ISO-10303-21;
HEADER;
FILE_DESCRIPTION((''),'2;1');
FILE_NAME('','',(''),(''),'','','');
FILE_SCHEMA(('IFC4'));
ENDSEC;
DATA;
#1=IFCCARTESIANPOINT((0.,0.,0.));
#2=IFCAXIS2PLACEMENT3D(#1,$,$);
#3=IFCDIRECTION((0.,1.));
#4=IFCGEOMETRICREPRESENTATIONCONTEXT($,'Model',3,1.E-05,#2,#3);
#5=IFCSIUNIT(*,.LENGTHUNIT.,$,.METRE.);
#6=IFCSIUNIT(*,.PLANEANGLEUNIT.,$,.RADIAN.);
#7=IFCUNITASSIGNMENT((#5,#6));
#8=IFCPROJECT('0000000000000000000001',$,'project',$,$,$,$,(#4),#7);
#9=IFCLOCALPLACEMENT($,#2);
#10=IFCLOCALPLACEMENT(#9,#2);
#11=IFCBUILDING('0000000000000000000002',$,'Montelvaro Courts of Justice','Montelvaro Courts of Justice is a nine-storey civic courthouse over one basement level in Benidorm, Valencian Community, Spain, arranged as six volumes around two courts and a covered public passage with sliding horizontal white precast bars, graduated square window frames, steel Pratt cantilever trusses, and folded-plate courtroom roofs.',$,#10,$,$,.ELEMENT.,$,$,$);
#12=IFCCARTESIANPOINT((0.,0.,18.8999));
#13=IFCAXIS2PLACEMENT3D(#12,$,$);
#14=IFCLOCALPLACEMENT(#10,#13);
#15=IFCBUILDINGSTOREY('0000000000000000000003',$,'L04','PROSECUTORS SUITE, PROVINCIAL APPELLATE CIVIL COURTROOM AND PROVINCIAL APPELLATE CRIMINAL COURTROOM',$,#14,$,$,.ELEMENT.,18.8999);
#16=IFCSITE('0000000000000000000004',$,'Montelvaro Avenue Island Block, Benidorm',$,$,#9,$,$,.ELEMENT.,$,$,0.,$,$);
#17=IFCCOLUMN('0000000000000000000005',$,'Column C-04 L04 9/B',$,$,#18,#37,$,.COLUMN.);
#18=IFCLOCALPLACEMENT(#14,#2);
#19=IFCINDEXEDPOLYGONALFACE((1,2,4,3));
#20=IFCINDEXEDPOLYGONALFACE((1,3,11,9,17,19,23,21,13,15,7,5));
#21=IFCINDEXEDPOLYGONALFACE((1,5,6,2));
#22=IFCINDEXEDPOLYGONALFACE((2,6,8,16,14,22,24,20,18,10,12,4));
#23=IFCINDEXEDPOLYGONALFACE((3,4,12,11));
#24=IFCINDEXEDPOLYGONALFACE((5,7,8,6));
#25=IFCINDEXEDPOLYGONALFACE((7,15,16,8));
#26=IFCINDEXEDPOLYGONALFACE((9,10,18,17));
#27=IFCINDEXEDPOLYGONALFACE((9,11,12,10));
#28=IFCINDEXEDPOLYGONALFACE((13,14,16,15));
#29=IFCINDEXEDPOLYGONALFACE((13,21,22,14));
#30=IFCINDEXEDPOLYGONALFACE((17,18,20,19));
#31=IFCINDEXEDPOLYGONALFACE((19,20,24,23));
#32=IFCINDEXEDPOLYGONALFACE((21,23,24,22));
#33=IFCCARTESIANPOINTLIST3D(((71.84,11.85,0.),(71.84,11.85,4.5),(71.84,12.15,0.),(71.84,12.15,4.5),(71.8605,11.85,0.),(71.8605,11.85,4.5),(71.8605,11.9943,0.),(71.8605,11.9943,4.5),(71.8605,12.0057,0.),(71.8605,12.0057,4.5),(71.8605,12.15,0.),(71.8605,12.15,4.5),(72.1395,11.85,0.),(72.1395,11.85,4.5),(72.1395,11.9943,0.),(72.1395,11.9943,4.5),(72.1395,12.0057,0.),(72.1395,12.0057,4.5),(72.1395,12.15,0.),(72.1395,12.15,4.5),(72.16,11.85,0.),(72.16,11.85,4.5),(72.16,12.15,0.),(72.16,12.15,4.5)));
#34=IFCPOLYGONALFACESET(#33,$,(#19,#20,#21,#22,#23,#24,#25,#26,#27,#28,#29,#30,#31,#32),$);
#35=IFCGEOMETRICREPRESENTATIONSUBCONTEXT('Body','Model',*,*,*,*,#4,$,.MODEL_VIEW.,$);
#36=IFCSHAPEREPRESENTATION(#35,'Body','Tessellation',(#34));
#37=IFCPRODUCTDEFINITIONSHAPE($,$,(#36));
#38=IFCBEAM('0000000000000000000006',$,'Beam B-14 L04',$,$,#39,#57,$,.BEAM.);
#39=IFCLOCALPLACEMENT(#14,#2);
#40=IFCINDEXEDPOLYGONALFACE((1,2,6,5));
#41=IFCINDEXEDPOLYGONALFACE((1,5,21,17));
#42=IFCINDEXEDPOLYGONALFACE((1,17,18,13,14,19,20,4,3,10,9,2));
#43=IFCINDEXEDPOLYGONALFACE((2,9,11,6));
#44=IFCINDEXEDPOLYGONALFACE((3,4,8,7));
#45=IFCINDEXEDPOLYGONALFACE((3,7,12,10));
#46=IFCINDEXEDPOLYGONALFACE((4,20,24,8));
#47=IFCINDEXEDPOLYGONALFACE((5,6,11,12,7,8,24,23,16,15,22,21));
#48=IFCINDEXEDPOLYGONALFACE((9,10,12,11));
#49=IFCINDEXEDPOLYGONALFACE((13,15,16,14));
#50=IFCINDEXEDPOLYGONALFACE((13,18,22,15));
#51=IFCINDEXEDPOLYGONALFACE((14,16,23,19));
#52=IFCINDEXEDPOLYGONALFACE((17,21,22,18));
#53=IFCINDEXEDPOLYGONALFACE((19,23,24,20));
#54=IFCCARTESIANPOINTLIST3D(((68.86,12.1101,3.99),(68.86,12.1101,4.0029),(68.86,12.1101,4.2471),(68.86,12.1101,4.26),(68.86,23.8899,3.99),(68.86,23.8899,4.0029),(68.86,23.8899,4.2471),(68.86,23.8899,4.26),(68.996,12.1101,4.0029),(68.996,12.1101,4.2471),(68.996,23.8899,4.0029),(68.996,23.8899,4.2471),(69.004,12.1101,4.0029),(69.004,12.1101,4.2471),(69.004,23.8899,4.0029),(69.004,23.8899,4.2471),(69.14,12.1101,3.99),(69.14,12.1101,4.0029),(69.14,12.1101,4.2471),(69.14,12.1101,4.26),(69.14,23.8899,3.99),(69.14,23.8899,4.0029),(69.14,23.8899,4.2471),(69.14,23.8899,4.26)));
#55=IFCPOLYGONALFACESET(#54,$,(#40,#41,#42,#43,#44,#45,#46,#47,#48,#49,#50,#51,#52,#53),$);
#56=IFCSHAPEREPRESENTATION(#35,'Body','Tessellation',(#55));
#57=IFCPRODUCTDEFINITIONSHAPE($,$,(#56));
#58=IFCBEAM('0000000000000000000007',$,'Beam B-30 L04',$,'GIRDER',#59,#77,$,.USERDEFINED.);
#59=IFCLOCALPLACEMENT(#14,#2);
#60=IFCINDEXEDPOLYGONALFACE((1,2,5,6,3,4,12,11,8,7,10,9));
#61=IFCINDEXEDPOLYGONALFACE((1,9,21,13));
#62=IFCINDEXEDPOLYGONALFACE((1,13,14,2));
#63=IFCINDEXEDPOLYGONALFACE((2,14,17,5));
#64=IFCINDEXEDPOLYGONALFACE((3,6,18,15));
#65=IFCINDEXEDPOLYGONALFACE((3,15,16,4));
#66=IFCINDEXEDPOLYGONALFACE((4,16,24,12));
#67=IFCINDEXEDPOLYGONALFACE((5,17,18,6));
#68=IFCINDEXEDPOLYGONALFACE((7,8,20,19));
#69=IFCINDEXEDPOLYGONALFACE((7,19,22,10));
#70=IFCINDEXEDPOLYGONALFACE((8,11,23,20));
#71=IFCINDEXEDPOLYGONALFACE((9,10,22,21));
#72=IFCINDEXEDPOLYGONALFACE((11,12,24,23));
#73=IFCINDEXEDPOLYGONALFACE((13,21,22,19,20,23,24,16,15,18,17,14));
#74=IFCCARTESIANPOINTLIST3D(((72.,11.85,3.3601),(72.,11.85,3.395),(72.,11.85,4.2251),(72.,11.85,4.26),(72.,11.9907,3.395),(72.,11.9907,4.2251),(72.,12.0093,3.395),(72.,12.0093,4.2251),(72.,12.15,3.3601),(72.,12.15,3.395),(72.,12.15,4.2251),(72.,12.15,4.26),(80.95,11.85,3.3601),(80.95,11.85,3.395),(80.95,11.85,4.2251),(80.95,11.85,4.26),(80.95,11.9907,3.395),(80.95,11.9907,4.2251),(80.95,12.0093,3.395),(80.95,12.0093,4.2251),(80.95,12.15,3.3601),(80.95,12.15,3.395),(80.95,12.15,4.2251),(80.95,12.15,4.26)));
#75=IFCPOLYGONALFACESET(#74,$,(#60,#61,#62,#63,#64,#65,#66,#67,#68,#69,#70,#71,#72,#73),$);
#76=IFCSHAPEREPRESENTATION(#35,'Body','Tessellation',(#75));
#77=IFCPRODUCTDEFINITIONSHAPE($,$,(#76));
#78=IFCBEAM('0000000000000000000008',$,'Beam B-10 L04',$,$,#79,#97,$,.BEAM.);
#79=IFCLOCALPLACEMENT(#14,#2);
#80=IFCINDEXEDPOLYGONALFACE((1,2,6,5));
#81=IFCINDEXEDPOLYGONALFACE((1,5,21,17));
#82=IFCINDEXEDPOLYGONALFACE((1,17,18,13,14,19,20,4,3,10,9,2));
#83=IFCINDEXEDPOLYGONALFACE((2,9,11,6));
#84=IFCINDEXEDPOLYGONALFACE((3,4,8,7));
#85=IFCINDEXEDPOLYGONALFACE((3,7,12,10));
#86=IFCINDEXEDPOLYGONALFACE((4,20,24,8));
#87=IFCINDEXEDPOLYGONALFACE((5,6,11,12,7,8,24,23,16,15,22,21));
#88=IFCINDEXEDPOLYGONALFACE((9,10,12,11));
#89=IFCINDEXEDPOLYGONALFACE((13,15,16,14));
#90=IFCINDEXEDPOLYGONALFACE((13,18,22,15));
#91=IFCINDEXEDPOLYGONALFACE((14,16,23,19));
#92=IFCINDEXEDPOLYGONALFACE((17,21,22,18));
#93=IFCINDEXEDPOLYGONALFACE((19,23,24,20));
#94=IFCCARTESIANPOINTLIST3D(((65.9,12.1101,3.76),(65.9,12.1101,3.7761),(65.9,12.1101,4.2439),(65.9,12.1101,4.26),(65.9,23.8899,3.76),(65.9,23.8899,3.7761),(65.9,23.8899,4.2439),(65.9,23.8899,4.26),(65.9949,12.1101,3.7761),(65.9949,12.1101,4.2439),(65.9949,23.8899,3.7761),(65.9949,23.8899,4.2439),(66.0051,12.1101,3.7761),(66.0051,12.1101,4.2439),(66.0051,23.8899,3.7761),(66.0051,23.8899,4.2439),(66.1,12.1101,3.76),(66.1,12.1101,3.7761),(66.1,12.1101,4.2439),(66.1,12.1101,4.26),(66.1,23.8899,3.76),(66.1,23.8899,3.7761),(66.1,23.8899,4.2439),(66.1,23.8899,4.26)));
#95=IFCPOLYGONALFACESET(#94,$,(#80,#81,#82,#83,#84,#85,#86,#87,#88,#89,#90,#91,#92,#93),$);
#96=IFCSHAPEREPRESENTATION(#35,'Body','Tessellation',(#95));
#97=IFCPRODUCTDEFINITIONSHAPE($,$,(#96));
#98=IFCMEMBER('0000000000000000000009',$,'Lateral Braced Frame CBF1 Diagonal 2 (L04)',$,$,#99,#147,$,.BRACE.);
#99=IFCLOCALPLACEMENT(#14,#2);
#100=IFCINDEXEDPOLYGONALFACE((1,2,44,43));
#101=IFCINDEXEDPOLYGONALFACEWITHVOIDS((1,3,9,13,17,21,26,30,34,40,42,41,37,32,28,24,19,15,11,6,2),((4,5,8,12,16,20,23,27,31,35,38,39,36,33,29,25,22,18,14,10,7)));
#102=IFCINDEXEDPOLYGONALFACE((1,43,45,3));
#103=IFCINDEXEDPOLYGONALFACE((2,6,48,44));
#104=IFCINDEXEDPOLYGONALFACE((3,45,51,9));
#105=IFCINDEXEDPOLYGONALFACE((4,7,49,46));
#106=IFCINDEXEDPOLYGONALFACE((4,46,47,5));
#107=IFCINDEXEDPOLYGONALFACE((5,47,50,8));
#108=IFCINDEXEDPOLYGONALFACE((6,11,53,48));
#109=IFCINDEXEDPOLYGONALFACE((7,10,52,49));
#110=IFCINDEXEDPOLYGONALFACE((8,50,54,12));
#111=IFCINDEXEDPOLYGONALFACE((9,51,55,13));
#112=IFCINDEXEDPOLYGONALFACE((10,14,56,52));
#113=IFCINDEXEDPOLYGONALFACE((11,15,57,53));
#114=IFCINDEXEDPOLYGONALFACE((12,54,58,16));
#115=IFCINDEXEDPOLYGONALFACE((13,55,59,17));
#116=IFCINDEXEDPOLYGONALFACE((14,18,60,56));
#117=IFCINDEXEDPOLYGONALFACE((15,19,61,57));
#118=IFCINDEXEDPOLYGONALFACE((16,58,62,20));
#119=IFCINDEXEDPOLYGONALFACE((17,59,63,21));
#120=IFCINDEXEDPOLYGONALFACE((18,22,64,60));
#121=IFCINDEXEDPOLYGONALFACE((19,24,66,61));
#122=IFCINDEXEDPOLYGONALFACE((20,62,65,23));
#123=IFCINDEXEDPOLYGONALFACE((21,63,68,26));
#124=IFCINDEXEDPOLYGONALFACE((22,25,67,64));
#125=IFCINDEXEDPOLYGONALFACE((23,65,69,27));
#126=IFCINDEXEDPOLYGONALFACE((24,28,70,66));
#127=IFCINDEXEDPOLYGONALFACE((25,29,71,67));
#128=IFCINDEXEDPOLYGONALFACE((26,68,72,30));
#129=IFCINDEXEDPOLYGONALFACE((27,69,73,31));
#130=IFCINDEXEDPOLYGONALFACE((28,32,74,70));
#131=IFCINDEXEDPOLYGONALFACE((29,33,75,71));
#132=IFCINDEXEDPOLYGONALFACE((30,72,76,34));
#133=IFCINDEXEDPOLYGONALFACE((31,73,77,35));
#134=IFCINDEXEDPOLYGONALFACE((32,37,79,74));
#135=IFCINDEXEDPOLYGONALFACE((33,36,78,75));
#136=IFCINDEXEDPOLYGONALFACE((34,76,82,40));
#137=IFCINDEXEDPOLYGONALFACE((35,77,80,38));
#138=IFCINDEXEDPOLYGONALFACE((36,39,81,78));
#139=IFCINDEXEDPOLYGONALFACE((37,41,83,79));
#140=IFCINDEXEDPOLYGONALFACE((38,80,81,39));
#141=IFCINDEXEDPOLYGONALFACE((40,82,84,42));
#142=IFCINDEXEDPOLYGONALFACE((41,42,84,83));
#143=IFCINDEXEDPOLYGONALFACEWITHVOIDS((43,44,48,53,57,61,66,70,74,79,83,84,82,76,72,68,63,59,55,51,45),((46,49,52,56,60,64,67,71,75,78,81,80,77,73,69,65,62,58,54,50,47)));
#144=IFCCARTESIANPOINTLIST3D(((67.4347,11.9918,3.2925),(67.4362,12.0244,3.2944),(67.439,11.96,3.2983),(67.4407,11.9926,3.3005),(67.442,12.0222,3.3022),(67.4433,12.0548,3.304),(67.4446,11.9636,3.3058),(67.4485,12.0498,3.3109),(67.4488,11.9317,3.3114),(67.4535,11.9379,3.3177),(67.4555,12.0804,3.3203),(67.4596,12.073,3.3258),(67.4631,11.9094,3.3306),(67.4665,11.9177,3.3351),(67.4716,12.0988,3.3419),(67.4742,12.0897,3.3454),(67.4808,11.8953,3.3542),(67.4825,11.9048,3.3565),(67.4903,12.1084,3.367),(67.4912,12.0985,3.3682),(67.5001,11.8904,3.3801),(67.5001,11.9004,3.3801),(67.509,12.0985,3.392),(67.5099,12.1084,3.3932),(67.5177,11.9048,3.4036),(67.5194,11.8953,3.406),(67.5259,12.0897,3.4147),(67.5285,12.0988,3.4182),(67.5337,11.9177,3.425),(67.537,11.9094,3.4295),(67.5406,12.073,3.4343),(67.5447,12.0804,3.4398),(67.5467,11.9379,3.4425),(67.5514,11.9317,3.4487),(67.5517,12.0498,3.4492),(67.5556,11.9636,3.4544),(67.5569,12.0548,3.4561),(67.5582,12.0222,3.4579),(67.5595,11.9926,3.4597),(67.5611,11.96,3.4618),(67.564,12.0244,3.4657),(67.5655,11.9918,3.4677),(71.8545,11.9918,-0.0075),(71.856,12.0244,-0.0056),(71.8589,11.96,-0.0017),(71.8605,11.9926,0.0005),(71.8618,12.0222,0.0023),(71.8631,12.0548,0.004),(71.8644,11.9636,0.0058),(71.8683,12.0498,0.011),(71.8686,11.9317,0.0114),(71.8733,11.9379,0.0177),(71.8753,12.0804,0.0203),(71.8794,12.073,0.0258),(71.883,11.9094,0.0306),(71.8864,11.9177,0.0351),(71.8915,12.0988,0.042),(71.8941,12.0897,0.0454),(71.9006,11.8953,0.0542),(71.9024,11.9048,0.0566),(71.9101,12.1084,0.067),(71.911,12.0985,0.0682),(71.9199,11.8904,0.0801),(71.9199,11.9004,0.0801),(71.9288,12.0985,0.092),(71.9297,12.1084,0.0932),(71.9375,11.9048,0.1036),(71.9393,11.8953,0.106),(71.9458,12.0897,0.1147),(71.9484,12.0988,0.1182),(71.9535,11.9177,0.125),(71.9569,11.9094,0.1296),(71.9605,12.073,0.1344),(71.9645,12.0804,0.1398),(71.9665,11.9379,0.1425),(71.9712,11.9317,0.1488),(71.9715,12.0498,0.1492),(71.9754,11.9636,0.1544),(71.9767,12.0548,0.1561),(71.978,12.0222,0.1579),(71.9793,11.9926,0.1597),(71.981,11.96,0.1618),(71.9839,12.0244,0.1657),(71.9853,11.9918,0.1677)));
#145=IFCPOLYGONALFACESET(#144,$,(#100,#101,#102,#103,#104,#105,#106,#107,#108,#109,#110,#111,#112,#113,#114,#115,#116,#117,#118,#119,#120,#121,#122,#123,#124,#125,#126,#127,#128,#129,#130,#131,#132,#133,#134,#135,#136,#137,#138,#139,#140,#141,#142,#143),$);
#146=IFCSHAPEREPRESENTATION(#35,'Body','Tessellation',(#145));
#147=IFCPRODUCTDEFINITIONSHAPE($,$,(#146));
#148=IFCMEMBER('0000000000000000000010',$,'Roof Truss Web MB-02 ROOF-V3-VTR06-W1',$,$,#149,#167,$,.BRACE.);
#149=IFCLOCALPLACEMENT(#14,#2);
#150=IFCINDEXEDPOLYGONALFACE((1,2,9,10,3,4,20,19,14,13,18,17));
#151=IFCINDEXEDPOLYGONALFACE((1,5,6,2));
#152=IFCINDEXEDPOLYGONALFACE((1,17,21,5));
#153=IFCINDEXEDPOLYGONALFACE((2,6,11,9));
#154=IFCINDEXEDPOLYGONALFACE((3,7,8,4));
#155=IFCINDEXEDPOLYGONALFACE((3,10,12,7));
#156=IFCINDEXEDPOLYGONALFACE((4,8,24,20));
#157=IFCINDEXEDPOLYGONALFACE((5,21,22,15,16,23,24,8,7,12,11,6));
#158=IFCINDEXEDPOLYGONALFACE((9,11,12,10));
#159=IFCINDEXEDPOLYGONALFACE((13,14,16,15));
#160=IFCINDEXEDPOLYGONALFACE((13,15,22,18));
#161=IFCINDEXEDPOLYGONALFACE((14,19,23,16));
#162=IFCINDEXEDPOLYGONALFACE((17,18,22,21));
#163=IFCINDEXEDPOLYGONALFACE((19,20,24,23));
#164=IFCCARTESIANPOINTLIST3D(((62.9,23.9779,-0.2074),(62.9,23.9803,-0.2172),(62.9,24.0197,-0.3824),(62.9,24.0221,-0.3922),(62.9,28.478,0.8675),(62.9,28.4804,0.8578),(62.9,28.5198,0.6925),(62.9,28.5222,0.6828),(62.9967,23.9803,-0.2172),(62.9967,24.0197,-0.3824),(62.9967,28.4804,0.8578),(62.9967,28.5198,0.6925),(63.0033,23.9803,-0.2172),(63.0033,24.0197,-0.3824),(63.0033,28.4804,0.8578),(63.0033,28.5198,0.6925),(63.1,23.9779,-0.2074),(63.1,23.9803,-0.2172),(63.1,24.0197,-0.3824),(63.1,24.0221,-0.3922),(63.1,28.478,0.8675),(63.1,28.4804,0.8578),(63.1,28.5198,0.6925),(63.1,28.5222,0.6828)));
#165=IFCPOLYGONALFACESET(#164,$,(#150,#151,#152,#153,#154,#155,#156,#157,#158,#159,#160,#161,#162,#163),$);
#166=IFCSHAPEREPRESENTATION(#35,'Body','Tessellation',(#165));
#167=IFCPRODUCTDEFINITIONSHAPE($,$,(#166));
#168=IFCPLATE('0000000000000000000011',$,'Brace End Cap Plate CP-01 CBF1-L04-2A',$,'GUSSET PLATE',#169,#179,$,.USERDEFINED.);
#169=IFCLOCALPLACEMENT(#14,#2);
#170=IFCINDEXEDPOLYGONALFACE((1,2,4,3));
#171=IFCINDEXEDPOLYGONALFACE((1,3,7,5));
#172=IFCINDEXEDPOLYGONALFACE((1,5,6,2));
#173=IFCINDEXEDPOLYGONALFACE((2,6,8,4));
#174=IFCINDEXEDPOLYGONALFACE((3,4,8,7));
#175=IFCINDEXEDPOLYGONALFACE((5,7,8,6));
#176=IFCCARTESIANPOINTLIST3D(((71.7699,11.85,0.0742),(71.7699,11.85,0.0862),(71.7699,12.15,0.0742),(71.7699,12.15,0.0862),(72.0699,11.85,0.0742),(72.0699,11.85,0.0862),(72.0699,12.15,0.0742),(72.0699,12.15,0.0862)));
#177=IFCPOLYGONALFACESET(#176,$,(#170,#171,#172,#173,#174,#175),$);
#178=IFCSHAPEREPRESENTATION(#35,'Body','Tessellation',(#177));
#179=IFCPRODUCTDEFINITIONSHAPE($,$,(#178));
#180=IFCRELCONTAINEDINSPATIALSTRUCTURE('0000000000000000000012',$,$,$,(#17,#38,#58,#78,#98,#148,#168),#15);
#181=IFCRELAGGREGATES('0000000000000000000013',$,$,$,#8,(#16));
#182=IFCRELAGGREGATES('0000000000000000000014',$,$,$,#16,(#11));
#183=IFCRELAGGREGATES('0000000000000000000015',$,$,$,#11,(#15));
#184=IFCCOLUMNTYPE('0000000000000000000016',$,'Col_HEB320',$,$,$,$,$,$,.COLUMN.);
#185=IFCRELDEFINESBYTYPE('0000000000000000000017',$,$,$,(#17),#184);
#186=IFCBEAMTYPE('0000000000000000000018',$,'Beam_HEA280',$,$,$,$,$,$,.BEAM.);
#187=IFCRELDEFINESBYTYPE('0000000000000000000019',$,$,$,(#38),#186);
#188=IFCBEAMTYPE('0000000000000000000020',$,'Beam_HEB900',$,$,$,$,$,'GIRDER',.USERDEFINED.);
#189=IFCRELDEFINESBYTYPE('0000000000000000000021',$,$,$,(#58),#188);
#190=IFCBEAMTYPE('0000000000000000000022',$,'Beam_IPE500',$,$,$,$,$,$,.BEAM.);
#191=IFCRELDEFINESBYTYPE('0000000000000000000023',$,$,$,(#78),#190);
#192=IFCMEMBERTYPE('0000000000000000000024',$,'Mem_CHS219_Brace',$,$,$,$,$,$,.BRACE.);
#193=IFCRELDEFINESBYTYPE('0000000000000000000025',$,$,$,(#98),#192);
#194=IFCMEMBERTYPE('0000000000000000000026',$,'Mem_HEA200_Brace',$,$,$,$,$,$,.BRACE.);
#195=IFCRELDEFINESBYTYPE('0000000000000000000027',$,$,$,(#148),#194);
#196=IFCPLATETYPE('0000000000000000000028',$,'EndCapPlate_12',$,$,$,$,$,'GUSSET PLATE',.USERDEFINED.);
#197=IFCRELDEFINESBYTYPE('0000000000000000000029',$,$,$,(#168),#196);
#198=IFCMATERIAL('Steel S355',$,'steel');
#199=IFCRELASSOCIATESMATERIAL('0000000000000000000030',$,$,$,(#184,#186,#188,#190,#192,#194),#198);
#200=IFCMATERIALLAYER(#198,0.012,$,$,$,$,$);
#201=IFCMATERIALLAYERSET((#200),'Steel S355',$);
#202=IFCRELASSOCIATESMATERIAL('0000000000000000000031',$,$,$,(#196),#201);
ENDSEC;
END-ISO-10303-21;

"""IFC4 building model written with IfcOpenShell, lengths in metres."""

from ifc_helpers import new_model, si_unit, direction, frame, origin, origin_2d, place, context, subcontext, project, spatial, rectangle, hollow_circle, i_section, extrude, material, layer, layer_set, material_profile, profile_set, type_object, element, save


model = new_model("IFC4")

# Units and contexts
model_context = context("Model", 3, precision=1e-05, world=origin(), true_north=direction((0.0, 1.0)))
body_context = subcontext(model_context, "Body", "Model", "MODEL_VIEW")
ifc_project = project(units=[si_unit("LENGTHUNIT", "METRE"), si_unit("PLANEANGLEUNIT", "RADIAN")], contexts=[model_context])

# Site, building, storey
site_placement = place(None, origin())
site = spatial("IfcSite", under=ifc_project, at=site_placement, Name="Montelvaro Avenue Island Block, Benidorm", CompositionType="ELEMENT", RefElevation=0.0)
building_placement = place(site_placement, origin())
building = spatial("IfcBuilding", under=site, at=building_placement, Name="Montelvaro Courts of Justice", Description="Montelvaro Courts of Justice is a nine-storey civic courthouse over one basement level in Benidorm, Valencian Community, Spain, arranged as six volumes around two courts and a covered public passage with sliding horizontal white precast bars, graduated square window frames, steel Pratt cantilever trusses, and folded-plate courtroom roofs.", CompositionType="ELEMENT")
storey_placement = place(building_placement, frame((0.0, 0.0, 18.8999)))
storey = spatial("IfcBuildingStorey", under=building, at=storey_placement, Name="L04", Description="PROSECUTORS SUITE, PROVINCIAL APPELLATE CIVIL COURTROOM AND PROVINCIAL APPELLATE CRIMINAL COURTROOM", CompositionType="ELEMENT", Elevation=18.8999)

# Column
ifc_material_1 = material(Name="Steel S355", Category="steel")
ifc_material_profile_1 = material_profile(ifc_material_1, i_section(OverallWidth=0.3, OverallDepth=0.3201, WebThickness=0.0115, FlangeThickness=0.0205, at=origin_2d()), Name="HEB 320")
ifc_profile_set_1 = profile_set([ifc_material_profile_1], Name="Steel S355")
column_type = type_object("IfcColumnType", Name="Col_HEB320", PredefinedType="COLUMN", material=ifc_profile_set_1)
column_placement = place(storey_placement, frame((72.0, 12.0, 0.0), z_axis=(0.0, 0.0, 1.0), x_axis=(0.0, 1.0, 0.0)))
element("IfcColumn", 1, at=column_placement, inside=storey, type_object=column_type, Name="Column C-04 L04 9/B", PredefinedType="COLUMN", context=body_context, shape_type="SweptSolid", body=[
    extrude(i_section(OverallWidth=0.3, OverallDepth=0.3201, WebThickness=0.0115, FlangeThickness=0.0205, at=origin_2d()), origin(), (0.0, 0.0, 1.0), 4.5),
])

# Beams
ifc_material_profile_2 = material_profile(ifc_material_1, i_section(OverallWidth=0.28, OverallDepth=0.27, WebThickness=0.0081, FlangeThickness=0.0129, at=origin_2d()), Name="HEA 280")
ifc_profile_set_2 = profile_set([ifc_material_profile_2], Name="Steel S355")
beam_type_1 = type_object("IfcBeamType", Name="Beam_HEA280", PredefinedType="BEAM", material=ifc_profile_set_2)
beam_1_placement = place(storey_placement, frame((69.0, 12.1101, 4.125), z_axis=(0.0, 1.0, 0.0), x_axis=(-1.0, 0.0, 0.0)))
element("IfcBeam", 2, at=beam_1_placement, inside=storey, type_object=beam_type_1, Name="Beam B-14 L04", PredefinedType="BEAM", context=body_context, shape_type="SweptSolid", body=[
    extrude(i_section(OverallWidth=0.28, OverallDepth=0.27, WebThickness=0.0081, FlangeThickness=0.0129, at=origin_2d()), origin(), (0.0, 0.0, 1.0), 11.7798),
])
ifc_material_profile_3 = material_profile(ifc_material_1, i_section(OverallWidth=0.3, OverallDepth=0.8999, WebThickness=0.0186, FlangeThickness=0.0349, at=origin_2d()), Name="HEB 900")
ifc_profile_set_3 = profile_set([ifc_material_profile_3], Name="Steel S355")
beam_type_2 = type_object("IfcBeamType", Name="Beam_HEB900", ElementType="GIRDER", PredefinedType="USERDEFINED", material=ifc_profile_set_3)
beam_2_placement = place(storey_placement, frame((72.0, 12.0, 3.8101), z_axis=(1.0, 0.0, 0.0), x_axis=(0.0, 1.0, 0.0)))
element("IfcBeam", 3, at=beam_2_placement, inside=storey, type_object=beam_type_2, Name="Beam B-30 L04", ObjectType="GIRDER", PredefinedType="USERDEFINED", context=body_context, shape_type="SweptSolid", body=[
    extrude(i_section(OverallWidth=0.3, OverallDepth=0.8999, WebThickness=0.0186, FlangeThickness=0.0349, at=origin_2d()), origin(), (0.0, 0.0, 1.0), 8.95),
])
ifc_material_profile_4 = material_profile(ifc_material_1, i_section(OverallWidth=0.2, OverallDepth=0.5, WebThickness=0.0103, FlangeThickness=0.0161, at=origin_2d()), Name="IPE 500")
ifc_profile_set_4 = profile_set([ifc_material_profile_4], Name="Steel S355")
beam_type_3 = type_object("IfcBeamType", Name="Beam_IPE500", PredefinedType="BEAM", material=ifc_profile_set_4)
beam_3_placement = place(storey_placement, frame((66.0, 12.1101, 4.01), z_axis=(0.0, 1.0, 0.0), x_axis=(-1.0, 0.0, 0.0)))
element("IfcBeam", 4, at=beam_3_placement, inside=storey, type_object=beam_type_3, Name="Beam B-10 L04", PredefinedType="BEAM", context=body_context, shape_type="SweptSolid", body=[
    extrude(i_section(OverallWidth=0.2, OverallDepth=0.5, WebThickness=0.0103, FlangeThickness=0.0161, at=origin_2d()), origin(), (0.0, 0.0, 1.0), 11.7798),
])

# Members
ifc_material_profile_5 = material_profile(ifc_material_1, hollow_circle(Radius=0.1096, WallThickness=0.01, at=origin_2d()), Name="CHS 219.1x10")
ifc_profile_set_5 = profile_set([ifc_material_profile_5], Name="Steel S355")
member_type_1 = type_object("IfcMemberType", Name="Mem_CHS219_Brace", PredefinedType="BRACE", material=ifc_profile_set_5)
member_1_placement = place(storey_placement, frame((71.9199, 12.0, 0.0801), z_axis=(-0.801294, 0.0, 0.598271), x_axis=(0.0, -1.0, 0.0)))
element("IfcMember", 5, at=member_1_placement, inside=storey, type_object=member_type_1, Name="Lateral Braced Frame CBF1 Diagonal 2 (L04)", PredefinedType="BRACE", context=body_context, shape_type="SweptSolid", body=[
    extrude(hollow_circle(Radius=0.1096, WallThickness=0.01, at=origin_2d()), origin(), (0.0, 0.0, 1.0), 5.5159),
])
ifc_material_profile_6 = material_profile(ifc_material_1, i_section(OverallWidth=0.2, OverallDepth=0.1899, WebThickness=0.0066, FlangeThickness=0.01, at=origin_2d()), Name="HEA 200")
ifc_profile_set_6 = profile_set([ifc_material_profile_6], Name="Steel S355")
member_type_2 = type_object("IfcMemberType", Name="Mem_HEA200_Brace", PredefinedType="BRACE", material=ifc_profile_set_6)
member_2_placement = place(storey_placement, frame((63.0, 24.0, -0.2998), z_axis=(0.0, 0.972634, 0.232341), x_axis=(-1.0, 0.0, 0.0)))
element("IfcMember", 6, at=member_2_placement, inside=storey, type_object=member_type_2, Name="Roof Truss Web MB-02 ROOF-V3-VTR06-W1", PredefinedType="BRACE", context=body_context, shape_type="SweptSolid", body=[
    extrude(i_section(OverallWidth=0.2, OverallDepth=0.1899, WebThickness=0.0066, FlangeThickness=0.01, at=origin_2d()), origin(), (0.0, 0.0, 1.0), 4.6267),
])

# Plate
ifc_layer_1 = layer(ifc_material_1, 0.012)
ifc_layer_set_1 = layer_set([ifc_layer_1], Name="Steel S355")
plate_type_1 = type_object("IfcPlateType", Name="EndCapPlate_12", ElementType="GUSSET PLATE", PredefinedType="USERDEFINED", material=ifc_layer_set_1)
plate_1_placement = place(storey_placement, frame((71.9199, 12.0, 0.0742), z_axis=(0.0, 0.0, 1.0), x_axis=(1.0, 0.0, 0.0)))
element("IfcPlate", 7, at=plate_1_placement, inside=storey, type_object=plate_type_1, Name="Brace End Cap Plate CP-01 CBF1-L04-2A", ObjectType="GUSSET PLATE", PredefinedType="USERDEFINED", context=body_context, shape_type="SweptSolid", body=[
    extrude(rectangle(XDim=0.3, YDim=0.3, at=origin_2d()), origin(), (0.0, 0.0, 1.0), 0.012),
])

save(model, "model.ifc")
